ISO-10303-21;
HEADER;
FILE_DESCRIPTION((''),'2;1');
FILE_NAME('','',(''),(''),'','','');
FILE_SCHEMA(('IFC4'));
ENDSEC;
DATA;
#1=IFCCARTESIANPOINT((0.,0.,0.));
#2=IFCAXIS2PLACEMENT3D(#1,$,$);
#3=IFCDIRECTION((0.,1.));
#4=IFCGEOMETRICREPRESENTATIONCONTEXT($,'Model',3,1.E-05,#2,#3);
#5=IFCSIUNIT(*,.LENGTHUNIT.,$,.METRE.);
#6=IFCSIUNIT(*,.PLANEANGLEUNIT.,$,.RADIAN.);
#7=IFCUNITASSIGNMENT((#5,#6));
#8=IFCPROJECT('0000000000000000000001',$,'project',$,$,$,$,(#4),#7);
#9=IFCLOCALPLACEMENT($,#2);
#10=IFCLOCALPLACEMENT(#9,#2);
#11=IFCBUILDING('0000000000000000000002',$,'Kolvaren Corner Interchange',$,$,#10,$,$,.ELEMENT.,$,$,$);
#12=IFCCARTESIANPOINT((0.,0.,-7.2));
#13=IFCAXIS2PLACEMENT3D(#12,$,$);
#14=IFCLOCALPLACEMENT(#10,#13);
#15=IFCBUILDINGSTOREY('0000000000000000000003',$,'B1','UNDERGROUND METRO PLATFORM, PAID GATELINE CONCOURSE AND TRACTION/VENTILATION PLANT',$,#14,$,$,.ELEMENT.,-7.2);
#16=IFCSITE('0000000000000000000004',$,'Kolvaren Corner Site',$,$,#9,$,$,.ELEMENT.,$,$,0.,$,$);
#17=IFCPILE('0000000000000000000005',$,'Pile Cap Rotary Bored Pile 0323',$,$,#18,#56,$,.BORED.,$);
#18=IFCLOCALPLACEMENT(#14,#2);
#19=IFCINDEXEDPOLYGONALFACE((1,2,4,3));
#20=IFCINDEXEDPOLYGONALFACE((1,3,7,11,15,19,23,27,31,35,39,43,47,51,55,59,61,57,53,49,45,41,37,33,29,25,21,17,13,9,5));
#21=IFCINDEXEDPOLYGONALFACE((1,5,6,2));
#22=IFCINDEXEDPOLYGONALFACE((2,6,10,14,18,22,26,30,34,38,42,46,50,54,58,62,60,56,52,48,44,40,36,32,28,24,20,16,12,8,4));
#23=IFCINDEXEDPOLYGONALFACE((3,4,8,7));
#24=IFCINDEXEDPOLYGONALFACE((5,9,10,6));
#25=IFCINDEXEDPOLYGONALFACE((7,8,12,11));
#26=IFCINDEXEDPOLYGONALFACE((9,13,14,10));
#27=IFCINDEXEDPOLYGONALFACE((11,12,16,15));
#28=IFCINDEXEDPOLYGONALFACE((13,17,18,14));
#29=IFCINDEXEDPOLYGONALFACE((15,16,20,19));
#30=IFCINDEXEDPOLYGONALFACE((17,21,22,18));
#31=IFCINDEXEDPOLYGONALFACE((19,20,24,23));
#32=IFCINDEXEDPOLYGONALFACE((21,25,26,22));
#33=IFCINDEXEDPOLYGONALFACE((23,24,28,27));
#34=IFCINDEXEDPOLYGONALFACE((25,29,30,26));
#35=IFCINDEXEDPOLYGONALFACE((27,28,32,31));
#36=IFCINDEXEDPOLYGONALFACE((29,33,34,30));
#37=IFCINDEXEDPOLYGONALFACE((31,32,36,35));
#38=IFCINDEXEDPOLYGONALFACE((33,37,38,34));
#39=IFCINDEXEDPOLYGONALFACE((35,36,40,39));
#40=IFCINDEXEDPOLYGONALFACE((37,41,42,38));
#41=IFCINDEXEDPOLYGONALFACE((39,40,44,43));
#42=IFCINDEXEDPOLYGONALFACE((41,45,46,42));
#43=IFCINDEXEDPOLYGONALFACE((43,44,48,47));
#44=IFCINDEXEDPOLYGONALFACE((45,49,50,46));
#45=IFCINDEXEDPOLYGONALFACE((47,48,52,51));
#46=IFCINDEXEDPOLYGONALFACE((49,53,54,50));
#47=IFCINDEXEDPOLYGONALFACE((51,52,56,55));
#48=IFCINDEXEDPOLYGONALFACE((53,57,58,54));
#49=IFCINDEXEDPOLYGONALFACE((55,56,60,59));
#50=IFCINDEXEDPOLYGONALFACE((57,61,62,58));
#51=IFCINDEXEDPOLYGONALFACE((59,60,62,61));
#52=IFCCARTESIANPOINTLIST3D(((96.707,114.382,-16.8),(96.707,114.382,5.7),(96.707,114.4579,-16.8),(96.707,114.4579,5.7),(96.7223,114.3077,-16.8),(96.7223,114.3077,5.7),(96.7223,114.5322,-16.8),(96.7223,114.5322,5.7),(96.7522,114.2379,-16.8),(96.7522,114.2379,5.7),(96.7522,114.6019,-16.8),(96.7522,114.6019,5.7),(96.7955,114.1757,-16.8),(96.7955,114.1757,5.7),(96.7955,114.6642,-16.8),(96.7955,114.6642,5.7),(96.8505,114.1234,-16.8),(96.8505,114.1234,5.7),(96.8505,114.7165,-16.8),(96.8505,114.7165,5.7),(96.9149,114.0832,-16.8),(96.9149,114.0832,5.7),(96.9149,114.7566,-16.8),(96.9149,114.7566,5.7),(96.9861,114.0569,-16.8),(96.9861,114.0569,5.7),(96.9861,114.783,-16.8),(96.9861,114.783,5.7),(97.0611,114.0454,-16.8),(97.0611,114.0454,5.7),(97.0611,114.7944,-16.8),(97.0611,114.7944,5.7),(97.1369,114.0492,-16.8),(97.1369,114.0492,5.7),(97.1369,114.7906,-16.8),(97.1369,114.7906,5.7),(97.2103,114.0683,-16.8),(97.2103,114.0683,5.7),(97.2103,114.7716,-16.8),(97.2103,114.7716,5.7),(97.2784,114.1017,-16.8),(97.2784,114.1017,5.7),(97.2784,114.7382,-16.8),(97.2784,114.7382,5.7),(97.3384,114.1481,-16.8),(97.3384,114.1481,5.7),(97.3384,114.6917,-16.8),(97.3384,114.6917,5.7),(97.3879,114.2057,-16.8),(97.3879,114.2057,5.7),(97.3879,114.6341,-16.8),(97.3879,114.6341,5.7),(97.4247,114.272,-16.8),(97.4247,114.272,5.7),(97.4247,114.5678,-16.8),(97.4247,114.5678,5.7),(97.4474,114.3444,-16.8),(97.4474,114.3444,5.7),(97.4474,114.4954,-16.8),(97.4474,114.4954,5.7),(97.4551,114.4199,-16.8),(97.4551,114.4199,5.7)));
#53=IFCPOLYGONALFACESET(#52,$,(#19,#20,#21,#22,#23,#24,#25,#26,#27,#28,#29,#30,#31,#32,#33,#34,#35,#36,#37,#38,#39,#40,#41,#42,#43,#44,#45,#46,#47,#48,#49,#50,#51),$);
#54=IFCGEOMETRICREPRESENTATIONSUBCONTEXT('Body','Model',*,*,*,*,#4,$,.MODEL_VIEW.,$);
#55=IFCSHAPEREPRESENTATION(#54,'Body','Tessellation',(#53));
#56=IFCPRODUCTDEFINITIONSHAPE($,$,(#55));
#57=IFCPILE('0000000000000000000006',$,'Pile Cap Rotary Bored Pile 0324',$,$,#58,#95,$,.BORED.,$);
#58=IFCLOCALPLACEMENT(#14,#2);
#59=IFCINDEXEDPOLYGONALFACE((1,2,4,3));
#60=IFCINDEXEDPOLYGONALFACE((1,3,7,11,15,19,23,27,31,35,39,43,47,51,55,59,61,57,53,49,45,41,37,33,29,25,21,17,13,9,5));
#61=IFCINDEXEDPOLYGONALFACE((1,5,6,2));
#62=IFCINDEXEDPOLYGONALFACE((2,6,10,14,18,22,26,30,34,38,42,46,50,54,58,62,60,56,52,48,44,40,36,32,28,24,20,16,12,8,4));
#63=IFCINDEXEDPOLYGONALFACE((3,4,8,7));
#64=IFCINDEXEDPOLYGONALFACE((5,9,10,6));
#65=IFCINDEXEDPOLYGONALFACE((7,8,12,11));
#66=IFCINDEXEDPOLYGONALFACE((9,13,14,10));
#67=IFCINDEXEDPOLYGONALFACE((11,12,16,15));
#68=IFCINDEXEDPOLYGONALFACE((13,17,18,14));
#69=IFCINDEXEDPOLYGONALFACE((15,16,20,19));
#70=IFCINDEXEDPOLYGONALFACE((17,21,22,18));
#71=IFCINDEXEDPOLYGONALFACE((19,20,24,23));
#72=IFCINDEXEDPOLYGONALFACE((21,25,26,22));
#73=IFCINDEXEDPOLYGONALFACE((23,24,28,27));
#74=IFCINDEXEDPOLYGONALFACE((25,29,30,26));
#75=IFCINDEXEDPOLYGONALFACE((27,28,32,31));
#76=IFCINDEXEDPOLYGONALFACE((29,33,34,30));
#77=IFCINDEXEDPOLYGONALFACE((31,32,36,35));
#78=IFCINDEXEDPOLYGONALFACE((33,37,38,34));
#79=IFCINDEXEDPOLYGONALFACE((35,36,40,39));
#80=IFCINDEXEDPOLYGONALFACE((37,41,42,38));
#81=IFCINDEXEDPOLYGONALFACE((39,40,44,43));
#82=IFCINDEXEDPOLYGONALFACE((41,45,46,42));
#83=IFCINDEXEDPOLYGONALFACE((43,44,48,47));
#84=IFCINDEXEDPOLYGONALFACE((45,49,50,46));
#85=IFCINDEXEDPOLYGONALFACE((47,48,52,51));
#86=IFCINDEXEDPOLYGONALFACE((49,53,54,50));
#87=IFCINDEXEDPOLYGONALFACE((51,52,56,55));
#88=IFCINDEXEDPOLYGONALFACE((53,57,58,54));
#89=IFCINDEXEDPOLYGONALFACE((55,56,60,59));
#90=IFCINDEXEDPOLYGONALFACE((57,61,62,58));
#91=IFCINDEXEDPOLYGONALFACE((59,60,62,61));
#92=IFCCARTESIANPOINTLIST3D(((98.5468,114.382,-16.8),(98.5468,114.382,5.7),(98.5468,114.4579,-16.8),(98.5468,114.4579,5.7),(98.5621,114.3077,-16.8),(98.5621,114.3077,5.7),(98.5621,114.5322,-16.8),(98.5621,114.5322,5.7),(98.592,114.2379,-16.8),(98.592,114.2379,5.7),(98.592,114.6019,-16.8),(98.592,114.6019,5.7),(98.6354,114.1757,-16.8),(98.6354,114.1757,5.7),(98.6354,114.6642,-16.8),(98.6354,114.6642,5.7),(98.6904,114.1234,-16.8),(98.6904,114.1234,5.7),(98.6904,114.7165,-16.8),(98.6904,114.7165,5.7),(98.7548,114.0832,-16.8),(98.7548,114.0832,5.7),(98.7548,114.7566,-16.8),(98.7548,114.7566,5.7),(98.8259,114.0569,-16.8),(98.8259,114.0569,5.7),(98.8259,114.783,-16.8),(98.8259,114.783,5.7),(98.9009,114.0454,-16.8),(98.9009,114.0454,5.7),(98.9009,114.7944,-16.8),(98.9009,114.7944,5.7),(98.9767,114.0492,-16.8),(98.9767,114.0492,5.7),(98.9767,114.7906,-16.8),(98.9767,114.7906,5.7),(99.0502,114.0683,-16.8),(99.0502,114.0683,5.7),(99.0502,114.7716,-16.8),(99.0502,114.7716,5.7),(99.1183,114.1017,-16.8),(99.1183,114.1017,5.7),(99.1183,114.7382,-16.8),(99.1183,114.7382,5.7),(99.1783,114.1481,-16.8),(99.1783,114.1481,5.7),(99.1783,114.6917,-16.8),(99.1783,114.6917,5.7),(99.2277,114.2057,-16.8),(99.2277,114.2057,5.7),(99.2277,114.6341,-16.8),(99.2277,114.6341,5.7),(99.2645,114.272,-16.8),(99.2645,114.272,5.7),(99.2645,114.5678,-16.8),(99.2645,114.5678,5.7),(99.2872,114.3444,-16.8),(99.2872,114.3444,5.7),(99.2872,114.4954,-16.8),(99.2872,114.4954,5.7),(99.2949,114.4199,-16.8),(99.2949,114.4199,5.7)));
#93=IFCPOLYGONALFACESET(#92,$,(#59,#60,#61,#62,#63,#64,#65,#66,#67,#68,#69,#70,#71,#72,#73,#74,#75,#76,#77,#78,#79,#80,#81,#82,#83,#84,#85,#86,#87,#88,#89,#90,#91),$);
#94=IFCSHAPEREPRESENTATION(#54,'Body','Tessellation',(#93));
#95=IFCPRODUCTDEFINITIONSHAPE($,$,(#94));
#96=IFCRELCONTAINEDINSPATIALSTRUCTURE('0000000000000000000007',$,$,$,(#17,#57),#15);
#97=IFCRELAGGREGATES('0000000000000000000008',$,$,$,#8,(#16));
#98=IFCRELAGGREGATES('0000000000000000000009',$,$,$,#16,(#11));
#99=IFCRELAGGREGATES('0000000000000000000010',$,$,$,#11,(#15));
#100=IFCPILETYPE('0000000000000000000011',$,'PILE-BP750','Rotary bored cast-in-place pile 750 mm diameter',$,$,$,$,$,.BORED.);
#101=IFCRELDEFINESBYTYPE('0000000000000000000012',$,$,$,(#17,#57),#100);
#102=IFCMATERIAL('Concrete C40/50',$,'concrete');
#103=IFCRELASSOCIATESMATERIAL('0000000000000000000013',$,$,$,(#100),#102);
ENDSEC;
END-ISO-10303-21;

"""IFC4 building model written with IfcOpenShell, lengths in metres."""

from ifc_helpers import new_model, si_unit, direction, frame, origin, origin_2d, place, context, subcontext, project, spatial, circle, extrude, material, material_profile, profile_set, type_object, element, save


model = new_model("IFC4")

# Units and contexts
model_context = context("Model", 3, precision=1e-05, world=origin(), true_north=direction((0.0, 1.0)))
body_context = subcontext(model_context, "Body", "Model", "MODEL_VIEW")
ifc_project = project(units=[si_unit("LENGTHUNIT", "METRE"), si_unit("PLANEANGLEUNIT", "RADIAN")], contexts=[model_context])

# Site, building, storey
site_placement = place(None, origin())
site = spatial("IfcSite", under=ifc_project, at=site_placement, Name="Kolvaren Corner Site", CompositionType="ELEMENT", RefElevation=0.0)
building_placement = place(site_placement, origin())
building = spatial("IfcBuilding", under=site, at=building_placement, Name="Kolvaren Corner Interchange", CompositionType="ELEMENT")
storey_placement = place(building_placement, frame((0.0, 0.0, -7.2)))
storey = spatial("IfcBuildingStorey", under=building, at=storey_placement, Name="B1", Description="UNDERGROUND METRO PLATFORM, PAID GATELINE CONCOURSE AND TRACTION/VENTILATION PLANT", CompositionType="ELEMENT", Elevation=-7.2)

# Piles
ifc_material_1 = material(Name="Concrete C40/50", Category="concrete")
ifc_material_profile = material_profile(ifc_material_1, circle(Radius=0.375, at=origin_2d()), Name="BORED PILE 750")
ifc_profile_set = profile_set([ifc_material_profile], Name="Concrete C40/50")
pile_type = type_object("IfcPileType", Name="PILE-BP750", Description="Rotary bored cast-in-place pile 750 mm diameter", PredefinedType="BORED", material=ifc_profile_set)
for number, where, z_axis, x_axis, name in (
    (1, (97.0801, 114.4199, 5.7), (0.0, 0.0, -1.0), (1.0, 0.0, 0.0), "Pile Cap Rotary Bored Pile 0323"),
    (2, (98.9199, 114.4199, 5.7), (0.0, 0.0, -1.0), (1.0, 0.0, 0.0), "Pile Cap Rotary Bored Pile 0324"),
):
    element("IfcPile", number, at=place(storey_placement, frame(where, z_axis=z_axis, x_axis=x_axis)), inside=storey, type_object=pile_type, Name=name, PredefinedType="BORED", context=body_context, shape_type="SweptSolid", body=[
        extrude(circle(Radius=0.375, at=origin_2d()), origin(), (0.0, 0.0, 1.0), 22.5),
    ])

save(model, "model.ifc")
